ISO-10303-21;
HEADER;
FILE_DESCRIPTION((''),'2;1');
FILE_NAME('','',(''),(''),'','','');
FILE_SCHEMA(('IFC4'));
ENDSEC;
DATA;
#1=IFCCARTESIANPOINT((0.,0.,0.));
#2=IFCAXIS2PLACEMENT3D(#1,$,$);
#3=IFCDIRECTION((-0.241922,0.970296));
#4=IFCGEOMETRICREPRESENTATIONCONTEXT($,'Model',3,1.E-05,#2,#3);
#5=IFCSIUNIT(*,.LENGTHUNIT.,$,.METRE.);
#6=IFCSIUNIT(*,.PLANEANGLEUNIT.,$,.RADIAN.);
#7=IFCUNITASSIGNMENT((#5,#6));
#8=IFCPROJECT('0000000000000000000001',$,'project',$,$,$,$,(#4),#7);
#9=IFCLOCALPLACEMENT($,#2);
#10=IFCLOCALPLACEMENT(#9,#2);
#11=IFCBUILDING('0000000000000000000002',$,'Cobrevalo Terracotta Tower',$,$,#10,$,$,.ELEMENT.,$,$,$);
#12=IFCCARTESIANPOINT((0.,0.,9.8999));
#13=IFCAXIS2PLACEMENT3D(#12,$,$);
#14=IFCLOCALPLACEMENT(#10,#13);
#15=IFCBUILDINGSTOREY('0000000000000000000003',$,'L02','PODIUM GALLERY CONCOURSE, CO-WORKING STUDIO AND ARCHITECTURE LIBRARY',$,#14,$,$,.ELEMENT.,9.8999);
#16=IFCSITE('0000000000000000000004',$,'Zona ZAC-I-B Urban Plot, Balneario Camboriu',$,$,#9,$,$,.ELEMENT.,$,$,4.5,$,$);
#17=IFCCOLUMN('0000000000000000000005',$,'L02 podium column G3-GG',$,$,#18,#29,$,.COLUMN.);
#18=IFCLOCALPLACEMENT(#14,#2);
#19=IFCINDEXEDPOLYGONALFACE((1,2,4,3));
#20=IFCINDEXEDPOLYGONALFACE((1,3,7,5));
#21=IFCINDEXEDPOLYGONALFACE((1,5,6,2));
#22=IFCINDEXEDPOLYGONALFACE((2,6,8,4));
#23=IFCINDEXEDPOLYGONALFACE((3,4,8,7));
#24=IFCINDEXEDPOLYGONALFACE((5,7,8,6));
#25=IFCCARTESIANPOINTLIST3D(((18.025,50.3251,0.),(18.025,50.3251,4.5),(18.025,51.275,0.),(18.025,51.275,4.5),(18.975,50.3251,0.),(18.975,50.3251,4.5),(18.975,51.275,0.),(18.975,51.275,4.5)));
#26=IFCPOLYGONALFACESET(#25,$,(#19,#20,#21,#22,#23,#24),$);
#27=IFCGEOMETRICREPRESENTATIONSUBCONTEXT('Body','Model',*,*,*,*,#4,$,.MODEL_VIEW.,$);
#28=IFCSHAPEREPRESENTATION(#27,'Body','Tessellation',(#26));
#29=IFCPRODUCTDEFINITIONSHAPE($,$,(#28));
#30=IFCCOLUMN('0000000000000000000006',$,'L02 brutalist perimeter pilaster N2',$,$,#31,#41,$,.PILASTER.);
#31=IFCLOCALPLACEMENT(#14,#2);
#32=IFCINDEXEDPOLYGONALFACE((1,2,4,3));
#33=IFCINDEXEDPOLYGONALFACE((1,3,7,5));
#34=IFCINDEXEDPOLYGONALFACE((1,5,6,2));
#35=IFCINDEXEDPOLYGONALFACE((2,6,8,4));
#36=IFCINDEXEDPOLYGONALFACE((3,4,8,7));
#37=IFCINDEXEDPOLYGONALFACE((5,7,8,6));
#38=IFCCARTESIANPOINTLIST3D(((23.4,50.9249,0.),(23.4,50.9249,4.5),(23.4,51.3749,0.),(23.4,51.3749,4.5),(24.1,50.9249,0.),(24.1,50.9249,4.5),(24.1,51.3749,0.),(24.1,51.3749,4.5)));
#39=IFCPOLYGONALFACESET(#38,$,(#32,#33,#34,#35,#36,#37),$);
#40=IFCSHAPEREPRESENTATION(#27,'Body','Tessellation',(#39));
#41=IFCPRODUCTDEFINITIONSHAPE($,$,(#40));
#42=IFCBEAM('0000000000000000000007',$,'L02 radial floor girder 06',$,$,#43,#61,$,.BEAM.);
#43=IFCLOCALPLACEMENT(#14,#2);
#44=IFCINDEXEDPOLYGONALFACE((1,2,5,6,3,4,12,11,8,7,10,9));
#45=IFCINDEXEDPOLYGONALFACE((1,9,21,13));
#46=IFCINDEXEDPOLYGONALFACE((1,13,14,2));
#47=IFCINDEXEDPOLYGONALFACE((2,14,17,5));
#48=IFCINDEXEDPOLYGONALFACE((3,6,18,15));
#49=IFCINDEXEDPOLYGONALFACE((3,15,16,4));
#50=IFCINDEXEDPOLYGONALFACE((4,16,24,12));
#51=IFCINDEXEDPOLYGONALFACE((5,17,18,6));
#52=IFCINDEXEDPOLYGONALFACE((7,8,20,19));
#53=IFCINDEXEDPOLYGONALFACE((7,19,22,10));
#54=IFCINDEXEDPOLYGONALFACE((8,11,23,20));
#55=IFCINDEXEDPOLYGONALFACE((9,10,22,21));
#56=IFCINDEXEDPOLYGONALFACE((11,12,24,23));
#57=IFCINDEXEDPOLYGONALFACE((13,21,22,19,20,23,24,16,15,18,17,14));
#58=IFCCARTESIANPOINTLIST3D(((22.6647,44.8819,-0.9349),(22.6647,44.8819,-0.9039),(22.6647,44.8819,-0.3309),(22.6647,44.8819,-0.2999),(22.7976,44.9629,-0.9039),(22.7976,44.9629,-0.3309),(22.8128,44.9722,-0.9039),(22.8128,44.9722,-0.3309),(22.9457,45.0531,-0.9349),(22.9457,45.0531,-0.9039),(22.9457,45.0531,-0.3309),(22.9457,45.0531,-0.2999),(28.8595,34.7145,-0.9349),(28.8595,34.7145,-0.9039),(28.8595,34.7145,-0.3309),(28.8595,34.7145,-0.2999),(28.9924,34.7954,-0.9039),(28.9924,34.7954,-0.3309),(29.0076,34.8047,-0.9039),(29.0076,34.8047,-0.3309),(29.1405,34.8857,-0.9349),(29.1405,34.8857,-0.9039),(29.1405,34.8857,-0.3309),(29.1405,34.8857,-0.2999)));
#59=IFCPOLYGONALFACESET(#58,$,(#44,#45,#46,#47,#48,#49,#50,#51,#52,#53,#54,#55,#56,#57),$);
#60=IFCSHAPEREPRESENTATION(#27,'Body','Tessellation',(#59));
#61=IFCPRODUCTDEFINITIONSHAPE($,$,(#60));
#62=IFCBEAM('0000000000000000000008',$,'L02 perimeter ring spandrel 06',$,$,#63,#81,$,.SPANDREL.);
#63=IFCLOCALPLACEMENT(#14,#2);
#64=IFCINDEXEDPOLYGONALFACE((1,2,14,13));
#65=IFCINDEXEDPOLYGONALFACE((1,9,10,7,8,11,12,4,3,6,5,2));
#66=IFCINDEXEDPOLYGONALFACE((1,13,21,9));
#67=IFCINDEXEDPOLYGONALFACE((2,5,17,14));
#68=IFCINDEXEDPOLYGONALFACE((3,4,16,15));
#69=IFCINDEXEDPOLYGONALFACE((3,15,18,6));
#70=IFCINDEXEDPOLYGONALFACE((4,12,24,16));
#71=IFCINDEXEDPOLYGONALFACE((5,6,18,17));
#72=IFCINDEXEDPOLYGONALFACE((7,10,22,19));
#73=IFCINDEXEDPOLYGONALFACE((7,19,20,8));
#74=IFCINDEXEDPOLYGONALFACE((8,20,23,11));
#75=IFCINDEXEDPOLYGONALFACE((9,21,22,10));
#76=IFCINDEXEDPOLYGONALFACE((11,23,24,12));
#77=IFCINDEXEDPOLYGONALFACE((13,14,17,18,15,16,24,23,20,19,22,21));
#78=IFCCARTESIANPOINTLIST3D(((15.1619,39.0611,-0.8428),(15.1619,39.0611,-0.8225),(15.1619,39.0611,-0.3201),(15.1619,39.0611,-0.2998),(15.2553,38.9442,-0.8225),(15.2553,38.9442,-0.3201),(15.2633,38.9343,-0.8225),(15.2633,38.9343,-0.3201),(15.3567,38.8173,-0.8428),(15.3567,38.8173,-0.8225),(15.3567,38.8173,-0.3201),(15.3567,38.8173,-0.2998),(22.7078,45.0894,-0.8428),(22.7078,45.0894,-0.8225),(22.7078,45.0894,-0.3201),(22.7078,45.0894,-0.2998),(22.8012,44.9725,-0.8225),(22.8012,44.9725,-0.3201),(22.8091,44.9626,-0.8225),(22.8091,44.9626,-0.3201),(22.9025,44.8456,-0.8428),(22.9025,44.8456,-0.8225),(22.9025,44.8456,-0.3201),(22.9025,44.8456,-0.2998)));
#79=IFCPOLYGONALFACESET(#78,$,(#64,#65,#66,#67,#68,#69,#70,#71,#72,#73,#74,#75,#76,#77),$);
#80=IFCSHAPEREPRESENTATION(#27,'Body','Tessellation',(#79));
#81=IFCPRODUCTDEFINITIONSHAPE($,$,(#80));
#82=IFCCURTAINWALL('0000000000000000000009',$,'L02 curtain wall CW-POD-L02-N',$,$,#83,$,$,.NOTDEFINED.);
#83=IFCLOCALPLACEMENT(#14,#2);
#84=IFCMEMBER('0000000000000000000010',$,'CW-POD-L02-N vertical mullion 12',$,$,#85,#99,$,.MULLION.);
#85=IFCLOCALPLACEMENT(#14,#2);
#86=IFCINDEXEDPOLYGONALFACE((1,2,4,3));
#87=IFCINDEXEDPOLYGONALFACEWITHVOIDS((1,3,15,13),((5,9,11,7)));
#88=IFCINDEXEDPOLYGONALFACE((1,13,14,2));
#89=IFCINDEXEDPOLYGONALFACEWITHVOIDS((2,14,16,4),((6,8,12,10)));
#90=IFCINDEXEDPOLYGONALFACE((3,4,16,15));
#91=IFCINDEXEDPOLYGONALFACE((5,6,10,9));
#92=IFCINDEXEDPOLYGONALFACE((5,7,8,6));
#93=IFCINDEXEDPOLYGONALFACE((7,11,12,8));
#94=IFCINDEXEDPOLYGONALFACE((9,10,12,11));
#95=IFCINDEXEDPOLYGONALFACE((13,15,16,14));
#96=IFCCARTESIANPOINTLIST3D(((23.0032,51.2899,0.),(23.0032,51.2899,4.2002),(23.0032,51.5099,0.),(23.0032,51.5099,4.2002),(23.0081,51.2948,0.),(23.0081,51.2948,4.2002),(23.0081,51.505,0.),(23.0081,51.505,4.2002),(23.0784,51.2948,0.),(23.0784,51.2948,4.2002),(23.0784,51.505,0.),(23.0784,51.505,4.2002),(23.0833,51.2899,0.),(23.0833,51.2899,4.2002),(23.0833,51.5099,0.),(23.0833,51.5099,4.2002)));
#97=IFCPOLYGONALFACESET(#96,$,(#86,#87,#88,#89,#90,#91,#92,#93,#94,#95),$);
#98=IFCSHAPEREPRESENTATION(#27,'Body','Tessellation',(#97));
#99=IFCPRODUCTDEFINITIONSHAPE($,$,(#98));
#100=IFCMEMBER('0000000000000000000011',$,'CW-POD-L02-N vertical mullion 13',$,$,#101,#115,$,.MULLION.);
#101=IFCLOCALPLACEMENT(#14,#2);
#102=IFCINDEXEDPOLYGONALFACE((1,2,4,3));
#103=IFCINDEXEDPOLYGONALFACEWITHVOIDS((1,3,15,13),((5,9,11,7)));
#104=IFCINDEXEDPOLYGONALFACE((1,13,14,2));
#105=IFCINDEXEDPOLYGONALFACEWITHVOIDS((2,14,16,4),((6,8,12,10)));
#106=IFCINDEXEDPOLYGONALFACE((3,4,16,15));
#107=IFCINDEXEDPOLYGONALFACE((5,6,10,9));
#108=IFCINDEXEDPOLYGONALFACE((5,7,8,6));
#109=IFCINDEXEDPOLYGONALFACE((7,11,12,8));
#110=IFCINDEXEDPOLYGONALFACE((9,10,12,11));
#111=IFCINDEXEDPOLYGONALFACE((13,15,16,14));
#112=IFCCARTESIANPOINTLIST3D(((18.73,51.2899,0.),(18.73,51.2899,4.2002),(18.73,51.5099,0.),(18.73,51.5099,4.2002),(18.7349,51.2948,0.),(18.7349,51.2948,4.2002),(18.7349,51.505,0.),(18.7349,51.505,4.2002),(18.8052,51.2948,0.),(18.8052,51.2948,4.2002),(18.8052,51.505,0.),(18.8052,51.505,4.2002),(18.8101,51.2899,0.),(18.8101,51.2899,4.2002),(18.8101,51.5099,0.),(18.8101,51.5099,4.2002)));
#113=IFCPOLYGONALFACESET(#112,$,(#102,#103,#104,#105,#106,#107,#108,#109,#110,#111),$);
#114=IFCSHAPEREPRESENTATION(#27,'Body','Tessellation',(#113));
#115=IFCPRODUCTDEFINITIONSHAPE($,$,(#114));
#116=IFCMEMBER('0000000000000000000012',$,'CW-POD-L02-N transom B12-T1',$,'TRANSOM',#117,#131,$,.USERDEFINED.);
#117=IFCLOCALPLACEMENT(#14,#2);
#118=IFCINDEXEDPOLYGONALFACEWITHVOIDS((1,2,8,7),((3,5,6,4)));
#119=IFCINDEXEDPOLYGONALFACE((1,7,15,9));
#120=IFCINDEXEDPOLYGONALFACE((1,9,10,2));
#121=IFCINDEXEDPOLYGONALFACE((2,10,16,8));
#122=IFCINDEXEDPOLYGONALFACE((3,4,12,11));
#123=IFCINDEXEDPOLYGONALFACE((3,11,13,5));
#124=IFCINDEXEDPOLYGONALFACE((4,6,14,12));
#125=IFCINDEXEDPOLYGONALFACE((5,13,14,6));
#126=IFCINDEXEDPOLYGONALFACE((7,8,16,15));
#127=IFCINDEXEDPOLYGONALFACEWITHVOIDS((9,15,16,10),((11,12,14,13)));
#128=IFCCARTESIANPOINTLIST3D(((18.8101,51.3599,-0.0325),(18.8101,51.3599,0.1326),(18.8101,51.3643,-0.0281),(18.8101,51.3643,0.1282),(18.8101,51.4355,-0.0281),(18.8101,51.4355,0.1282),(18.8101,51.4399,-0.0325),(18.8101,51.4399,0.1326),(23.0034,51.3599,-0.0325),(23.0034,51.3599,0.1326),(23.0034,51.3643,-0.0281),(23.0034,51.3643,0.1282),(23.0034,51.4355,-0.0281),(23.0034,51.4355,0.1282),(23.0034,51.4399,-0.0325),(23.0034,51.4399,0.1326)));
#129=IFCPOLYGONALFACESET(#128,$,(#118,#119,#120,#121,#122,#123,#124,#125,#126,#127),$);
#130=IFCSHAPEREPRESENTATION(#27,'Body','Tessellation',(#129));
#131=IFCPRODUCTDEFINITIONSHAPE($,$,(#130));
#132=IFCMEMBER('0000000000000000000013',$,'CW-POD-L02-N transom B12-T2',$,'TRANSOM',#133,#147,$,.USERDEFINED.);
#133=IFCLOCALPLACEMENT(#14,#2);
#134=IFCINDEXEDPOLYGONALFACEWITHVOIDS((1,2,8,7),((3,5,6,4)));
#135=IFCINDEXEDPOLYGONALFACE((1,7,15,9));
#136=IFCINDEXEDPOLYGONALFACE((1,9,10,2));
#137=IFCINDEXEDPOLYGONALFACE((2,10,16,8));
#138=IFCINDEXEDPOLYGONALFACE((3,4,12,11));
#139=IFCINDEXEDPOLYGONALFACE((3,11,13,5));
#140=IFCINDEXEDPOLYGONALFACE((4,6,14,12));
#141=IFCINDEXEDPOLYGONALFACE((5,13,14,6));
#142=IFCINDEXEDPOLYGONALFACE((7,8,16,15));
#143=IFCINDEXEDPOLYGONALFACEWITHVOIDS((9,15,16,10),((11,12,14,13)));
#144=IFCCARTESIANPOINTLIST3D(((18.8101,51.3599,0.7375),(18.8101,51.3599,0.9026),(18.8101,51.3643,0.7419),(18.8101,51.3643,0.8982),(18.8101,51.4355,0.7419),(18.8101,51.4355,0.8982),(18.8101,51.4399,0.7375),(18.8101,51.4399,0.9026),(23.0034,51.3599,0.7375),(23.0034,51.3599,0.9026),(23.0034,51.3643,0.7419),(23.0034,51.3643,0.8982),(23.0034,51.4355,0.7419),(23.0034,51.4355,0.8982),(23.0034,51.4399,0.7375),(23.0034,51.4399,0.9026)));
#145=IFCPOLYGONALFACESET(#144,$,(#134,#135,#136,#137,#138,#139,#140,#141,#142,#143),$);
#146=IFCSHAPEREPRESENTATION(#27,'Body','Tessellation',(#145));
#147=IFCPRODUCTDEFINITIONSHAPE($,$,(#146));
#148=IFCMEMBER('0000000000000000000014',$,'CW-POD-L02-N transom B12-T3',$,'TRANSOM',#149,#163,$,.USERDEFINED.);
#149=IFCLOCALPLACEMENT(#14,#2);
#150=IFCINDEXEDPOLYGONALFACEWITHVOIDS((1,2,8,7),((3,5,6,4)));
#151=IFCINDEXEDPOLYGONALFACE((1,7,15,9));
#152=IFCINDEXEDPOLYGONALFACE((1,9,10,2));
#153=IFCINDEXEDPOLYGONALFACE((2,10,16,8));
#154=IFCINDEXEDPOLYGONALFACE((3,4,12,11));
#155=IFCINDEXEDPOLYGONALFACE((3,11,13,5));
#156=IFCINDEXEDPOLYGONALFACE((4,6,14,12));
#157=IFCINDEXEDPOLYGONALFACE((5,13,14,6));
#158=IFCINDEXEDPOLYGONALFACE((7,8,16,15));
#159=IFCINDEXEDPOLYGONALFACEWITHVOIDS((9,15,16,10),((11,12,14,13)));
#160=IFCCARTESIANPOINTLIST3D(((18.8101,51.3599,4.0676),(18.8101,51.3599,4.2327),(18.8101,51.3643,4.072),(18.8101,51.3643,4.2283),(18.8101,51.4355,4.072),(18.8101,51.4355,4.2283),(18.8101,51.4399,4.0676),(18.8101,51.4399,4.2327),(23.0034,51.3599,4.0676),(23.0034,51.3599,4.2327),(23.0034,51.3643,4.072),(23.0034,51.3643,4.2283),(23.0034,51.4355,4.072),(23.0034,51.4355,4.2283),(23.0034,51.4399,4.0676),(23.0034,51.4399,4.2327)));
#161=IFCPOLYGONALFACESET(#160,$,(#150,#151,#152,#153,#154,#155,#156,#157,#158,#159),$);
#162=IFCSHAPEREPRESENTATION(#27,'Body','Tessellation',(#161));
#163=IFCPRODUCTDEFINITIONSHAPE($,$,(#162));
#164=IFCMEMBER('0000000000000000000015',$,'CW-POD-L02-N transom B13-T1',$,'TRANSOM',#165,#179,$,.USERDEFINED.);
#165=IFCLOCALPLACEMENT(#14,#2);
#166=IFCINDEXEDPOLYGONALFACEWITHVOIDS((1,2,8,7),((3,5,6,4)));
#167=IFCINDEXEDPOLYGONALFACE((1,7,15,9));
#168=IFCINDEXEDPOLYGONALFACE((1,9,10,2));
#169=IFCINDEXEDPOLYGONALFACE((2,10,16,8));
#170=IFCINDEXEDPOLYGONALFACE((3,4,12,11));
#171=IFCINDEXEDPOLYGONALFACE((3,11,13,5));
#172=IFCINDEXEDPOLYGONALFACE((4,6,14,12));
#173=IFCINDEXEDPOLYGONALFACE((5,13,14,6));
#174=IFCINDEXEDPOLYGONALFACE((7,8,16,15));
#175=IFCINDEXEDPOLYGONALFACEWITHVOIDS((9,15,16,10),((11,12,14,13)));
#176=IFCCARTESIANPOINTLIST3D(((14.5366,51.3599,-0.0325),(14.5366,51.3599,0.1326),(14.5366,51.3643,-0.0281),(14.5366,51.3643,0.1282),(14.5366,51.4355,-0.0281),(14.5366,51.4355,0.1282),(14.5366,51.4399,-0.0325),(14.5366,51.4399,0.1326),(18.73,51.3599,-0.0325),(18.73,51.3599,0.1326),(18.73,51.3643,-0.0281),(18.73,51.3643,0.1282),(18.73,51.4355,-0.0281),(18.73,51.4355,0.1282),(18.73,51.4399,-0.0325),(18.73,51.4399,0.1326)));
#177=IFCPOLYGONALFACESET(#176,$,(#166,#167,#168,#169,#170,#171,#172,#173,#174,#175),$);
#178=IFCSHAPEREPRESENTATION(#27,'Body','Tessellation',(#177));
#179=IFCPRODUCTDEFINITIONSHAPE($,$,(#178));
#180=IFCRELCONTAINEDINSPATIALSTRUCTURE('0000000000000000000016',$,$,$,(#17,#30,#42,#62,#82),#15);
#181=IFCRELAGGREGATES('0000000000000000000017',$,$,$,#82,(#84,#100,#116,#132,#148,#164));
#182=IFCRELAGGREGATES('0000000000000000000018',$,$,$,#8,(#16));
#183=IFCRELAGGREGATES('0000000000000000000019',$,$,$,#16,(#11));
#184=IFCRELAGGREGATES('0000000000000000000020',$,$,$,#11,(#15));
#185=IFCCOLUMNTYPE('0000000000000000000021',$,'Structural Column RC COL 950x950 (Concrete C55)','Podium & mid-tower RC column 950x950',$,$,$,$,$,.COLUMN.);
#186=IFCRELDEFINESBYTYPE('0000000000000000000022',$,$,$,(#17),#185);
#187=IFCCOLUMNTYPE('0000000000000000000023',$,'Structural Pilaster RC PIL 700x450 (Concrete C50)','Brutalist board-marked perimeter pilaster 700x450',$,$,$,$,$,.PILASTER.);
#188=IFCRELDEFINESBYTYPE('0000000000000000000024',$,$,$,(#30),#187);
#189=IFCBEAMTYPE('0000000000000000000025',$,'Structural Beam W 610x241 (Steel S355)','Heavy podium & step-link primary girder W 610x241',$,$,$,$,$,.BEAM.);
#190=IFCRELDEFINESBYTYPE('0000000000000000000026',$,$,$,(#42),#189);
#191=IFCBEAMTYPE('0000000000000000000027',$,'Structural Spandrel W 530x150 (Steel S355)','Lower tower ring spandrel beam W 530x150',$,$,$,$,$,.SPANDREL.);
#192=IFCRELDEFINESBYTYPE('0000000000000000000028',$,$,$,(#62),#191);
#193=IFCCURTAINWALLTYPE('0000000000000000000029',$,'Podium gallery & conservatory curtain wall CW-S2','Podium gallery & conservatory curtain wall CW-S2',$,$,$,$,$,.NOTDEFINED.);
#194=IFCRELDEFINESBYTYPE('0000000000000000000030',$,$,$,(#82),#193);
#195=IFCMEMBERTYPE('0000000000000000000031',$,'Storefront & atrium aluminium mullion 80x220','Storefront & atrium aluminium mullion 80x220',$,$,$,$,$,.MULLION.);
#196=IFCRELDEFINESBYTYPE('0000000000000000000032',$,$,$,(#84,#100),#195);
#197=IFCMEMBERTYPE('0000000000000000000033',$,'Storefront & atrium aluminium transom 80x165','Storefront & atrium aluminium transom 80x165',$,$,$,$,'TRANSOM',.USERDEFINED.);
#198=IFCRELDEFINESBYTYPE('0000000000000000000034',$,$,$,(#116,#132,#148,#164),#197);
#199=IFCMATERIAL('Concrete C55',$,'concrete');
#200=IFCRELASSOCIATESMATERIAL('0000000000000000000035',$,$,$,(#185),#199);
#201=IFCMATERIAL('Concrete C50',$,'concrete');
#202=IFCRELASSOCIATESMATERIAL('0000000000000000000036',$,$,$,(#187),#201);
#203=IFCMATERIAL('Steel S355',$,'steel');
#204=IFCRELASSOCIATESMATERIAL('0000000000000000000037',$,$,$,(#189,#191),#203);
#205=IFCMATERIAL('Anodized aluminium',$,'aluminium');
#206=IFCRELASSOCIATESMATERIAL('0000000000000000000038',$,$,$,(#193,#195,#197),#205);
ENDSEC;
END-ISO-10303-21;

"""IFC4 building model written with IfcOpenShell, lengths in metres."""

from ifc_helpers import new_model, si_unit, direction, frame, origin, origin_2d, place, context, subcontext, project, spatial, rectangle, hollow_rectangle, i_section, extrude, source, transform, mapped, material, material_profile, profile_set, type_object, element, aggregate, save


model = new_model("IFC4")

# Units and contexts
model_context = context("Model", 3, precision=1e-05, world=origin(), true_north=direction((-0.241922, 0.970296)))
body_context = subcontext(model_context, "Body", "Model", "MODEL_VIEW")
ifc_project = project(units=[si_unit("LENGTHUNIT", "METRE"), si_unit("PLANEANGLEUNIT", "RADIAN")], contexts=[model_context])

# Site, building, storey
site_placement = place(None, origin())
site = spatial("IfcSite", under=ifc_project, at=site_placement, Name="Zona ZAC-I-B Urban Plot, Balneario Camboriu", CompositionType="ELEMENT", RefElevation=4.5)
building_placement = place(site_placement, origin())
building = spatial("IfcBuilding", under=site, at=building_placement, Name="Cobrevalo Terracotta Tower", CompositionType="ELEMENT")
storey_placement = place(building_placement, frame((0.0, 0.0, 9.8999)))
storey = spatial("IfcBuildingStorey", under=building, at=storey_placement, Name="L02", Description="PODIUM GALLERY CONCOURSE, CO-WORKING STUDIO AND ARCHITECTURE LIBRARY", CompositionType="ELEMENT", Elevation=9.8999)

# Columns
ifc_material_1 = material(Name="Concrete C55", Category="concrete")
ifc_material_profile_1 = material_profile(ifc_material_1, rectangle(XDim=0.95, YDim=0.95, at=origin_2d()), Name="RC COL 950x950")
ifc_profile_set_1 = profile_set([ifc_material_profile_1], Name="Concrete C55")
column_type_1 = type_object("IfcColumnType", Name="Structural Column RC COL 950x950 (Concrete C55)", Description="Podium & mid-tower RC column 950x950", PredefinedType="COLUMN", material=ifc_profile_set_1)
column_1_placement = place(storey_placement, frame((18.5, 50.8, 0.0), z_axis=(0.0, 0.0, 1.0), x_axis=(1.0, 0.0, 0.0)))
element("IfcColumn", 1, at=column_1_placement, inside=storey, type_object=column_type_1, Name="L02 podium column G3-GG", PredefinedType="COLUMN", context=body_context, shape_type="SweptSolid", body=[
    extrude(rectangle(XDim=0.95, YDim=0.95, at=origin_2d()), origin(), (0.0, 0.0, 1.0), 4.5),
])
ifc_material_2 = material(Name="Concrete C50", Category="concrete")
ifc_material_profile_2 = material_profile(ifc_material_2, rectangle(XDim=0.7, YDim=0.45, at=origin_2d()), Name="RC PIL 700x450")
ifc_profile_set_2 = profile_set([ifc_material_profile_2], Name="Concrete C50")
column_type_2 = type_object("IfcColumnType", Name="Structural Pilaster RC PIL 700x450 (Concrete C50)", Description="Brutalist board-marked perimeter pilaster 700x450", PredefinedType="PILASTER", material=ifc_profile_set_2)
column_2_placement = place(storey_placement, frame((23.75, 51.1499, 0.0), z_axis=(0.0, 0.0, 1.0), x_axis=(1.0, 0.0, 0.0)))
element("IfcColumn", 2, at=column_2_placement, inside=storey, type_object=column_type_2, Name="L02 brutalist perimeter pilaster N2", PredefinedType="PILASTER", context=body_context, shape_type="SweptSolid", body=[
    extrude(rectangle(XDim=0.7, YDim=0.45, at=origin_2d()), origin(), (0.0, 0.0, 1.0), 4.5),
])

# Beams
ifc_material_3 = material(Name="Steel S355", Category="steel")
ifc_material_profile_3 = material_profile(ifc_material_3, i_section(OverallWidth=0.3291, OverallDepth=0.635, WebThickness=0.0178, FlangeThickness=0.031, at=origin_2d()), Name="W 610x241")
ifc_profile_set_3 = profile_set([ifc_material_profile_3], Name="Steel S355")
beam_type_1 = type_object("IfcBeamType", Name="Structural Beam W 610x241 (Steel S355)", Description="Heavy podium & step-link primary girder W 610x241", PredefinedType="BEAM", material=ifc_profile_set_3)
beam_1_placement = place(storey_placement, frame((22.8052, 44.9675, -0.6174), z_axis=(0.52031, -0.853978, 0.0), x_axis=(0.853978, 0.52031, 0.0)))
element("IfcBeam", 3, at=beam_1_placement, inside=storey, type_object=beam_type_1, Name="L02 radial floor girder 06", PredefinedType="BEAM", context=body_context, shape_type="SweptSolid", body=[
    extrude(i_section(OverallWidth=0.3291, OverallDepth=0.635, WebThickness=0.0178, FlangeThickness=0.031, at=origin_2d()), origin(), (0.0, 0.0, 1.0), 11.906),
])
ifc_material_profile_4 = material_profile(ifc_material_3, i_section(OverallWidth=0.312, OverallDepth=0.543, WebThickness=0.0127, FlangeThickness=0.0203, at=origin_2d()), Name="W 530x150")
ifc_profile_set_4 = profile_set([ifc_material_profile_4], Name="Steel S355")
beam_type_2 = type_object("IfcBeamType", Name="Structural Spandrel W 530x150 (Steel S355)", Description="Lower tower ring spandrel beam W 530x150", PredefinedType="SPANDREL", material=ifc_profile_set_4)
beam_2_placement = place(storey_placement, frame((22.8052, 44.9675, -0.5713), z_axis=(-0.781293, -0.624165, 0.0), x_axis=(0.624165, -0.781293, 0.0)))
element("IfcBeam", 4, at=beam_2_placement, inside=storey, type_object=beam_type_2, Name="L02 perimeter ring spandrel 06", PredefinedType="SPANDREL", context=body_context, shape_type="SweptSolid", body=[
    extrude(i_section(OverallWidth=0.312, OverallDepth=0.543, WebThickness=0.0127, FlangeThickness=0.0203, at=origin_2d()), origin(), (0.0, 0.0, 1.0), 9.6582),
])

# Curtain wall, members
ifc_material_4 = material(Name="Anodized aluminium", Category="aluminium")
curtain_wall_type = type_object("IfcCurtainWallType", Name="Podium gallery & conservatory curtain wall CW-S2", Description="Podium gallery & conservatory curtain wall CW-S2", PredefinedType="NOTDEFINED", material=ifc_material_4)
curtain_wall_placement = place(storey_placement, origin())
curtain_wall = element("IfcCurtainWall", 5, at=curtain_wall_placement, inside=storey, type_object=curtain_wall_type, Name="L02 curtain wall CW-POD-L02-N", PredefinedType="NOTDEFINED")
ifc_material_profile_5 = material_profile(ifc_material_4, hollow_rectangle(XDim=0.0801, YDim=0.22, WallThickness=0.0049, at=origin_2d()), Name="CWM 80x220")
ifc_profile_set_5 = profile_set([ifc_material_profile_5], Name="Anodized aluminium")
member_type_1 = type_object("IfcMemberType", Name="Storefront & atrium aluminium mullion 80x220", Description="Storefront & atrium aluminium mullion 80x220", PredefinedType="MULLION", material=ifc_profile_set_5)
shared_shape_1 = source(origin(), body_context, "Body", "SweptSolid", [
    extrude(hollow_rectangle(XDim=0.0801, YDim=0.22, WallThickness=0.0049, at=origin_2d()), origin(), (0.0, 0.0, 1.0), 4.2002),
])
member_1_placement = place(storey_placement, frame((23.0432, 51.3999, 0.0), z_axis=(0.0, 0.0, 1.0), x_axis=(-1.0, 0.0, 0.0)))
member_1 = element("IfcMember", 6, at=member_1_placement, type_object=member_type_1, Name="CW-POD-L02-N vertical mullion 12", PredefinedType="MULLION", context=body_context, shape_type="MappedRepresentation", body=[
    mapped(shared_shape_1, transform((0.0, 0.0, 0.0), scale=1.0)),
])
member_2_placement = place(storey_placement, frame((18.77, 51.3999, 0.0), z_axis=(0.0, 0.0, 1.0), x_axis=(-1.0, 0.0, 0.0)))
member_2 = element("IfcMember", 7, at=member_2_placement, type_object=member_type_1, Name="CW-POD-L02-N vertical mullion 13", PredefinedType="MULLION", context=body_context, shape_type="MappedRepresentation", body=[
    mapped(shared_shape_1, transform((0.0, 0.0, 0.0), scale=1.0)),
])
ifc_material_profile_6 = material_profile(ifc_material_4, hollow_rectangle(XDim=0.0801, YDim=0.165, WallThickness=0.0044, at=origin_2d()), Name="CWT 80x165")
ifc_profile_set_6 = profile_set([ifc_material_profile_6], Name="Anodized aluminium")
member_type_2 = type_object("IfcMemberType", Name="Storefront & atrium aluminium transom 80x165", Description="Storefront & atrium aluminium transom 80x165", ElementType="TRANSOM", PredefinedType="USERDEFINED", material=ifc_profile_set_6)
shared_shape_2 = source(origin(), body_context, "Body", "SweptSolid", [
    extrude(hollow_rectangle(XDim=0.0801, YDim=0.165, WallThickness=0.0044, at=origin_2d()), origin(), (0.0, 0.0, 1.0), 4.1934),
])
member_3_placement = place(storey_placement, frame((23.0034, 51.3999, 0.05), z_axis=(-1.0, 0.0, 0.0), x_axis=(0.0, -1.0, 0.0)))
member_3 = element("IfcMember", 8, at=member_3_placement, type_object=member_type_2, Name="CW-POD-L02-N transom B12-T1", ObjectType="TRANSOM", PredefinedType="USERDEFINED", context=body_context, shape_type="MappedRepresentation", body=[
    mapped(shared_shape_2, transform((0.0, 0.0, 0.0), scale=1.0)),
])
member_4_placement = place(storey_placement, frame((23.0034, 51.3999, 0.8201), z_axis=(-1.0, 0.0, 0.0), x_axis=(0.0, -1.0, 0.0)))
member_4 = element("IfcMember", 9, at=member_4_placement, type_object=member_type_2, Name="CW-POD-L02-N transom B12-T2", ObjectType="TRANSOM", PredefinedType="USERDEFINED", context=body_context, shape_type="MappedRepresentation", body=[
    mapped(shared_shape_2, transform((0.0, 0.0, 0.0), scale=1.0)),
])
member_5_placement = place(storey_placement, frame((23.0034, 51.3999, 4.1501), z_axis=(-1.0, 0.0, 0.0), x_axis=(0.0, -1.0, 0.0)))
member_5 = element("IfcMember", 10, at=member_5_placement, type_object=member_type_2, Name="CW-POD-L02-N transom B12-T3", ObjectType="TRANSOM", PredefinedType="USERDEFINED", context=body_context, shape_type="MappedRepresentation", body=[
    mapped(shared_shape_2, transform((0.0, 0.0, 0.0), scale=1.0)),
])
member_6_placement = place(storey_placement, frame((18.73, 51.3999, 0.05), z_axis=(-1.0, 0.0, 0.0), x_axis=(0.0, -1.0, 0.0)))
member_6 = element("IfcMember", 11, at=member_6_placement, type_object=member_type_2, Name="CW-POD-L02-N transom B13-T1", ObjectType="TRANSOM", PredefinedType="USERDEFINED", context=body_context, shape_type="MappedRepresentation", body=[
    mapped(shared_shape_2, transform((0.0, 0.0, 0.0), scale=1.0)),
])
aggregate(curtain_wall, [member_1, member_2, member_3, member_4, member_5, member_6])

save(model, "model.ifc")
